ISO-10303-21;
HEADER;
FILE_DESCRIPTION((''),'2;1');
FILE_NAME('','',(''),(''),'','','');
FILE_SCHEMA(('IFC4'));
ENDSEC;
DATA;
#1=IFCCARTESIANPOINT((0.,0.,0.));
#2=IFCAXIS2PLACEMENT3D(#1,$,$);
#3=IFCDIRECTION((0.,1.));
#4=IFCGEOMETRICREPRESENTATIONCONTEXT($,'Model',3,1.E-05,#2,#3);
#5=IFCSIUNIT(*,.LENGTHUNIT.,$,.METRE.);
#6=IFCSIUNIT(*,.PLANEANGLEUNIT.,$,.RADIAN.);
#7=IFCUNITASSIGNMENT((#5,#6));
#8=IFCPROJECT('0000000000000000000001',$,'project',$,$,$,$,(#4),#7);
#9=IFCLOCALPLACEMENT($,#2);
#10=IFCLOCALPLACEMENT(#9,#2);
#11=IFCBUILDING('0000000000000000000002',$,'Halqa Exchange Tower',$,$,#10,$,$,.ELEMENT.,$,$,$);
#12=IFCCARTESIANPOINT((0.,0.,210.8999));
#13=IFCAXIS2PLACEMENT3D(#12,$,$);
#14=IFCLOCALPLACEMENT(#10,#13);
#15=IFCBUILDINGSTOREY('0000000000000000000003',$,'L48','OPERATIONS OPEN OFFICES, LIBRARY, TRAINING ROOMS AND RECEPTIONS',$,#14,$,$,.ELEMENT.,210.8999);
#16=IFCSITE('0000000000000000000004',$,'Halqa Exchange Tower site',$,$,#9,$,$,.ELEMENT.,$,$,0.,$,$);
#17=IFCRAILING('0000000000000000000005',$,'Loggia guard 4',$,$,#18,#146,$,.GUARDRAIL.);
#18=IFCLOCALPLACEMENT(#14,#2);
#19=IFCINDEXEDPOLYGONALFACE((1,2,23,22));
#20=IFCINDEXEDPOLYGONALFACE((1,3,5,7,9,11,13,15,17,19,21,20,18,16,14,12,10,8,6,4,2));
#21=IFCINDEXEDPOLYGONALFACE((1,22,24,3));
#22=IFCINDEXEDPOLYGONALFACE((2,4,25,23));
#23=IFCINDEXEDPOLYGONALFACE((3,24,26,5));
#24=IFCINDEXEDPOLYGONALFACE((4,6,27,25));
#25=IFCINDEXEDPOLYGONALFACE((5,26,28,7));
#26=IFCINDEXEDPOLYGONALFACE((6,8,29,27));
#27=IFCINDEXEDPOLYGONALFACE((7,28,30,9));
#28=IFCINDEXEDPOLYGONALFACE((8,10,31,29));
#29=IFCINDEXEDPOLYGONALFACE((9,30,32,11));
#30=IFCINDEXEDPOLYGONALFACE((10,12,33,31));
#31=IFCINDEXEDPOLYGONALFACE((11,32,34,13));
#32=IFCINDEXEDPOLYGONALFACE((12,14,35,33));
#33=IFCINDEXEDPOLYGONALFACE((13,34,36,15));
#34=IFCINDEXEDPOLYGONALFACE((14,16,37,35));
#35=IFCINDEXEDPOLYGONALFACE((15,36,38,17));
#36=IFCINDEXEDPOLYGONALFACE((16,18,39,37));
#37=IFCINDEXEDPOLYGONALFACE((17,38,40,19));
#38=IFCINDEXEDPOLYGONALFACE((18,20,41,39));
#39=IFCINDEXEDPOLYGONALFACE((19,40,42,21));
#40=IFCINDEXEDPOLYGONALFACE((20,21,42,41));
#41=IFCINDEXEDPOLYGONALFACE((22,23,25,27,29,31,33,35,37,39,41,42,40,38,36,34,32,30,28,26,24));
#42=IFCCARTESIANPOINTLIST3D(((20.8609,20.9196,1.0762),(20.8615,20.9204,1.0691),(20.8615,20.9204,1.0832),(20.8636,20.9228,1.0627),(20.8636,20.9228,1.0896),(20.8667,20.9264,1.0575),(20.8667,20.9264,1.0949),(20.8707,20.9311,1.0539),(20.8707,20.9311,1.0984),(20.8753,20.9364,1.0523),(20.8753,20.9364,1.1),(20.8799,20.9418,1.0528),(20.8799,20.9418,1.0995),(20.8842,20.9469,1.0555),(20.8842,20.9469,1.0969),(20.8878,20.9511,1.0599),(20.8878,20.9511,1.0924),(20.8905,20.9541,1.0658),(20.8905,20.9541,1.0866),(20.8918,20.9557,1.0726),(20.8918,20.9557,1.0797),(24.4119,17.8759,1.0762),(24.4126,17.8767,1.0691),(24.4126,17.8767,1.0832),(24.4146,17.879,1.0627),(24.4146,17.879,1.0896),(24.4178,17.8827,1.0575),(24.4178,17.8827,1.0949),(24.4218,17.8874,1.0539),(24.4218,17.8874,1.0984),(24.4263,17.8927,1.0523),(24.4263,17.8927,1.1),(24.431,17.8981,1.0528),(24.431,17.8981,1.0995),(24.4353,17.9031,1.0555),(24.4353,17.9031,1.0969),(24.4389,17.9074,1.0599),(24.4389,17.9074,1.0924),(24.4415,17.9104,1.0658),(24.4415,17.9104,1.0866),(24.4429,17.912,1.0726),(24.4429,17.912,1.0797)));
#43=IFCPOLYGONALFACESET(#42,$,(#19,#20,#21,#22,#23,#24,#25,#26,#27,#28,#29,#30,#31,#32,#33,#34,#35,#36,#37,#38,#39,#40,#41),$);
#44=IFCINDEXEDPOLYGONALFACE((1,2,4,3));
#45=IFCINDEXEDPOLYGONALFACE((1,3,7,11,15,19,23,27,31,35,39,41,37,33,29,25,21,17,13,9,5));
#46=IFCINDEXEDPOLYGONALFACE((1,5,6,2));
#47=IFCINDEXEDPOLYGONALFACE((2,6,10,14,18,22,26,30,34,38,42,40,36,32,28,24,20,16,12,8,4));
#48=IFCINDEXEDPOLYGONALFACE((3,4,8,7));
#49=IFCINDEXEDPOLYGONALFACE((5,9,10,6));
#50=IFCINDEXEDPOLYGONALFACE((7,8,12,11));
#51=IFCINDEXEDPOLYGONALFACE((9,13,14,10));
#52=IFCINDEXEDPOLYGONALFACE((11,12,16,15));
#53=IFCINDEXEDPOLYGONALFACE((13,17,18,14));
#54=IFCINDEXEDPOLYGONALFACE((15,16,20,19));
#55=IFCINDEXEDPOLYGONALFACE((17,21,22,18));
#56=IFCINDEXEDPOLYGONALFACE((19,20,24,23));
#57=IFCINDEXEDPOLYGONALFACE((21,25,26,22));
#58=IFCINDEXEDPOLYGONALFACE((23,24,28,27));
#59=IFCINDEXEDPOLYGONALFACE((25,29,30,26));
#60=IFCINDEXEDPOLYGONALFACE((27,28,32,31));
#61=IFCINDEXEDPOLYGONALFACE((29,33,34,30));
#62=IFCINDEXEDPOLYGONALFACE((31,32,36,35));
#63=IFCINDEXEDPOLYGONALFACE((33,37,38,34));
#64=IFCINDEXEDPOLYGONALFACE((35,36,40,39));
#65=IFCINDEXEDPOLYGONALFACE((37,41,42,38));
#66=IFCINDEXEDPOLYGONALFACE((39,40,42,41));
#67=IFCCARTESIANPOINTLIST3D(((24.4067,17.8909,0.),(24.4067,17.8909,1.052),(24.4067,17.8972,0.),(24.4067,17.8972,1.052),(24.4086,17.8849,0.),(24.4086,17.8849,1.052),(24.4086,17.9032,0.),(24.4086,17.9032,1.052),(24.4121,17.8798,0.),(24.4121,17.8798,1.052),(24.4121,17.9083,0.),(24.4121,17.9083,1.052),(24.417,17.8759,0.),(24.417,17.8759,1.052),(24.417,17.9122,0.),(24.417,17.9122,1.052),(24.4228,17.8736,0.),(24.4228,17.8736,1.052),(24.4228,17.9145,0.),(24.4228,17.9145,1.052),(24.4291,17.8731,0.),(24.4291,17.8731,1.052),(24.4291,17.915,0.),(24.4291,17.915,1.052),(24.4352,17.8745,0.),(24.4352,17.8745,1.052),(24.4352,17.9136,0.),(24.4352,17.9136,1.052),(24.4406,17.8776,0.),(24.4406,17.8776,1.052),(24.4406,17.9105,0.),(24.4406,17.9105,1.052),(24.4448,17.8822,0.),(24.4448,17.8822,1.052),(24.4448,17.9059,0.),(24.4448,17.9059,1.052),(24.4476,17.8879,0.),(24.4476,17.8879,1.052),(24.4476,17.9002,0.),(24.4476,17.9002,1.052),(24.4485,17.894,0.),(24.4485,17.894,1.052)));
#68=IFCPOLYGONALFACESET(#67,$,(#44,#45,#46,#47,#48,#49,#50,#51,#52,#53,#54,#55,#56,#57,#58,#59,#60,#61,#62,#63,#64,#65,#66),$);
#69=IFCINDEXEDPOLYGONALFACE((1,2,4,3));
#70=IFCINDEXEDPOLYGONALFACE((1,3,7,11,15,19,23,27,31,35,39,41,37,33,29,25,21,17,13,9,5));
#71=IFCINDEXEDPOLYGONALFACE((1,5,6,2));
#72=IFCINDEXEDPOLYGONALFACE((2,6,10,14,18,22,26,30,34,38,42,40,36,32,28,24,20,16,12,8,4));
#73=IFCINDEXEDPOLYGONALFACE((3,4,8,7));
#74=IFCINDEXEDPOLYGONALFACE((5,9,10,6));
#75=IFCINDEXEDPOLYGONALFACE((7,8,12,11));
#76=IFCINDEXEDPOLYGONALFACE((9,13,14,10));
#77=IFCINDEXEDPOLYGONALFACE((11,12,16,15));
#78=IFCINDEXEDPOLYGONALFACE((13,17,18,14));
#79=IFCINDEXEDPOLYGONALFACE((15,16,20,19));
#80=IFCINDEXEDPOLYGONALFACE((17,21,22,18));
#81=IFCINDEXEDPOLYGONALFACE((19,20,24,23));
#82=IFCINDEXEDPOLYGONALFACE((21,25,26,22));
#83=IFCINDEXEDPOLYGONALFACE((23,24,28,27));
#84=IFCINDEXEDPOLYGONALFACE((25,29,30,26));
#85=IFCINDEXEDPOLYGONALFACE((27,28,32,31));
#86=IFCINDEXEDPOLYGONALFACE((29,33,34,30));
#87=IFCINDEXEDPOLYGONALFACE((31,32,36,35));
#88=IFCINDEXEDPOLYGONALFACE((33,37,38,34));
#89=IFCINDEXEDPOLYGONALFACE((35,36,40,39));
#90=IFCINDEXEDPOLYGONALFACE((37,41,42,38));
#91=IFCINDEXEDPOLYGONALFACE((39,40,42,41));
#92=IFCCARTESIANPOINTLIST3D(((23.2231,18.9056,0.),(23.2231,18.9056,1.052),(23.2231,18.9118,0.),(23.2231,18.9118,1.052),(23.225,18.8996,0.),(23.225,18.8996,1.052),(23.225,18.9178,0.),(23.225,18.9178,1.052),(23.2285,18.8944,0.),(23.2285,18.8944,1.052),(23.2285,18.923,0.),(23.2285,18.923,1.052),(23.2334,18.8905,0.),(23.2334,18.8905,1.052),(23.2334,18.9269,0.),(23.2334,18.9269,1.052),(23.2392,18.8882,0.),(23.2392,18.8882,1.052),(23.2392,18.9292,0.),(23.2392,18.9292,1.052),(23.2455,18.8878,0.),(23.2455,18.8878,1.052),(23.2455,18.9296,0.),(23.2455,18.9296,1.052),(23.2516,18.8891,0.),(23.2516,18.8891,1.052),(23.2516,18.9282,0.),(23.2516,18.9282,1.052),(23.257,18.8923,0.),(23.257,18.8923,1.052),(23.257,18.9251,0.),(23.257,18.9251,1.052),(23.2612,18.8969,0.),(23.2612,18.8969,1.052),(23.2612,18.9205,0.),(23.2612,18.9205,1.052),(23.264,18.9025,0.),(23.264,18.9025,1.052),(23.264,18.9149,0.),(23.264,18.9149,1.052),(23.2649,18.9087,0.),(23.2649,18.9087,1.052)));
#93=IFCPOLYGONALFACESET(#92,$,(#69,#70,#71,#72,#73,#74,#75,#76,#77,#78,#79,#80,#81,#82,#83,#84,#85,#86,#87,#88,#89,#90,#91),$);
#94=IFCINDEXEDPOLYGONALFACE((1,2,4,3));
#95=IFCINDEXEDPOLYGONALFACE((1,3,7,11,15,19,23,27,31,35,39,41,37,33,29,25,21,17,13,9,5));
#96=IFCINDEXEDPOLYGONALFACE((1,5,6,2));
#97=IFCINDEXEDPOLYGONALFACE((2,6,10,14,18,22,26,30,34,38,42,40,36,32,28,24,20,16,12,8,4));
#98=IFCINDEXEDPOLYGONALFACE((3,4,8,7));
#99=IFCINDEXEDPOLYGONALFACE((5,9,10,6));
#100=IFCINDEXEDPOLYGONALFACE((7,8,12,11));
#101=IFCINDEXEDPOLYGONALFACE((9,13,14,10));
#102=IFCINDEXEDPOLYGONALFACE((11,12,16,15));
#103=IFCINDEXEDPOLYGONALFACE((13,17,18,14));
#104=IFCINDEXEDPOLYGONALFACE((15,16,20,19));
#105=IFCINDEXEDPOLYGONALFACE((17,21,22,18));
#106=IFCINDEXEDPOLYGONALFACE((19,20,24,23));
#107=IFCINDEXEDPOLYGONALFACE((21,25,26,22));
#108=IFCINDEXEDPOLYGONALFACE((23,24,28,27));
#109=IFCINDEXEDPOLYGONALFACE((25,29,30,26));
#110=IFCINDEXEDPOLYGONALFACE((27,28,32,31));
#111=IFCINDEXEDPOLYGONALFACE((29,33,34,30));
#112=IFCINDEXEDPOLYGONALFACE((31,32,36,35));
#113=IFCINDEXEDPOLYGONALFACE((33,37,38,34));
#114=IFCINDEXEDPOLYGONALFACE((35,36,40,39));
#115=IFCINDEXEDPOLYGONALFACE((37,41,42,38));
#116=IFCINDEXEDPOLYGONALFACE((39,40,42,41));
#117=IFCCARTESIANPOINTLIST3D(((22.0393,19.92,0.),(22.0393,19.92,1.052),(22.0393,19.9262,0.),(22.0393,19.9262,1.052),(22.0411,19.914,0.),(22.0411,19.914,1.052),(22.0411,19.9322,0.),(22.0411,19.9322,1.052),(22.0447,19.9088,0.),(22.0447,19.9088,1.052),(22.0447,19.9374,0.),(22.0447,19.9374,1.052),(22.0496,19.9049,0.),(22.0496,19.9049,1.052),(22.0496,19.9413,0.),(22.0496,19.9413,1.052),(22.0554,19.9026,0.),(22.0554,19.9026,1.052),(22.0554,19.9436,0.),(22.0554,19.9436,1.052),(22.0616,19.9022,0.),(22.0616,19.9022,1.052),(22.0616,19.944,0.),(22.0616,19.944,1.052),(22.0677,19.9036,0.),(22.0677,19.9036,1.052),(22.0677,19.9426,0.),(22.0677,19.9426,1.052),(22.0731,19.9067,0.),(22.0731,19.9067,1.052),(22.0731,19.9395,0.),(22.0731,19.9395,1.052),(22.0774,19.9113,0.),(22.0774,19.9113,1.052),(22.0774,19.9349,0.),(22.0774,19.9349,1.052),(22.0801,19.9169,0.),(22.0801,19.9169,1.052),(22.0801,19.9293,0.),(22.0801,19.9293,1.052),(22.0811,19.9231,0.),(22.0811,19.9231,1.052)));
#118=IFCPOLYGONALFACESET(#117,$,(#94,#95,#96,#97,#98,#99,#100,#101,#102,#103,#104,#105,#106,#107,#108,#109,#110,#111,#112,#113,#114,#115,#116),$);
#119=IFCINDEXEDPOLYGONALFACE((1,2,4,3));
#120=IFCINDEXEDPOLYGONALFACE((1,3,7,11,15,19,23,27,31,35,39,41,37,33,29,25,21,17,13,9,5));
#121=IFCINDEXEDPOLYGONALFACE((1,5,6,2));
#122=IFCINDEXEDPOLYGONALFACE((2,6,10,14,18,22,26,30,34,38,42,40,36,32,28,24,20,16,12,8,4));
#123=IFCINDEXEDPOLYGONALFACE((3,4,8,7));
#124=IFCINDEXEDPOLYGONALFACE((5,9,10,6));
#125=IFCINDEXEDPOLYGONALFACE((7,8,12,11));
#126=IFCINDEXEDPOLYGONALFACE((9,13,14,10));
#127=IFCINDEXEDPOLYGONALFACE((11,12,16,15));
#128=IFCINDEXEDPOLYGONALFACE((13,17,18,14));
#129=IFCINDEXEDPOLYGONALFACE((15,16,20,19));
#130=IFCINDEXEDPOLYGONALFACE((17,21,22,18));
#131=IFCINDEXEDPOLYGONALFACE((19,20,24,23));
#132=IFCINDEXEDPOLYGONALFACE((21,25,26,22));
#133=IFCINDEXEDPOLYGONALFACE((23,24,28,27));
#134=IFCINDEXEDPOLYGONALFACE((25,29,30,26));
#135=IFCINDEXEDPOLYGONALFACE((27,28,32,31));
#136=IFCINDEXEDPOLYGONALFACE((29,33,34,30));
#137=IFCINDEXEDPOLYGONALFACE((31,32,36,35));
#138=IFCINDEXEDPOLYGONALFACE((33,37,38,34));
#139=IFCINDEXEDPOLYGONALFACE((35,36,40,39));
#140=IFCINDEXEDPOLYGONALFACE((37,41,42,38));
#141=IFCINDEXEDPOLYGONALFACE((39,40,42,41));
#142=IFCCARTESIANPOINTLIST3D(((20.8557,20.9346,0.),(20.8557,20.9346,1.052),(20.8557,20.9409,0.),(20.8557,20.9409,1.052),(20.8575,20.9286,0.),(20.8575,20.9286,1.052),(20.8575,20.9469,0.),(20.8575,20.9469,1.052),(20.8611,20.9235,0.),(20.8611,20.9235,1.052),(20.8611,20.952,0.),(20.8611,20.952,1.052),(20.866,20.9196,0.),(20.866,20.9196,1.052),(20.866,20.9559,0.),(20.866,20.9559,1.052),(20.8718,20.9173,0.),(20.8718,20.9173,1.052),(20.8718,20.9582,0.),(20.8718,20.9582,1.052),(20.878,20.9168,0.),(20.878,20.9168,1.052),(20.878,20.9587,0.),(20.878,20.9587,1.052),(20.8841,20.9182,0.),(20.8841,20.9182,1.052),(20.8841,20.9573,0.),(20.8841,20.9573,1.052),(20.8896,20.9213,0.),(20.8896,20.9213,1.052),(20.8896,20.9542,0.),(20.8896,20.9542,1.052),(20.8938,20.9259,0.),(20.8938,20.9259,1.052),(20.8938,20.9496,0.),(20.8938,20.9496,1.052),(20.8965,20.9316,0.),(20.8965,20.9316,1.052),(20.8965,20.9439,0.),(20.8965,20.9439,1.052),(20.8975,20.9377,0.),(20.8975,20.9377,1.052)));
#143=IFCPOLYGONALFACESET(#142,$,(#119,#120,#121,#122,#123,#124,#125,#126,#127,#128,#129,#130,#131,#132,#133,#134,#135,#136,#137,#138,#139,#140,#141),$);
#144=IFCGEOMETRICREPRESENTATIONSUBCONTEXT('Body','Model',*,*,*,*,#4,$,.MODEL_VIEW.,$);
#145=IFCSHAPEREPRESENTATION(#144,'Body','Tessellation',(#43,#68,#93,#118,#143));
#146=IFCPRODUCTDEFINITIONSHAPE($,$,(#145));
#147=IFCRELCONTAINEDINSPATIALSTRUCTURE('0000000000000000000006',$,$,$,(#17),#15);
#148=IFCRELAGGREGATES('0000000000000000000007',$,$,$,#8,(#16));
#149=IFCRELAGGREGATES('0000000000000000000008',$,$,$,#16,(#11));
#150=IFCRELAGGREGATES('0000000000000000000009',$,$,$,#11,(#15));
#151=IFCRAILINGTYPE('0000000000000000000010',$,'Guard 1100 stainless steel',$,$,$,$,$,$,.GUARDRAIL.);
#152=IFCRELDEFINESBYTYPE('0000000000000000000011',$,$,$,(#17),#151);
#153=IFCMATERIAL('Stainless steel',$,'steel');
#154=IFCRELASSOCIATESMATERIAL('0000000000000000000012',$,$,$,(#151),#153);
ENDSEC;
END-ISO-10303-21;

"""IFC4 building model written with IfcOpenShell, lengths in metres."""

from ifc_helpers import new_model, si_unit, direction, frame, origin, origin_2d, place, context, subcontext, project, spatial, circle, extrude, material, type_object, element, save


model = new_model("IFC4")

# Units and contexts
model_context = context("Model", 3, precision=1e-05, world=origin(), true_north=direction((0.0, 1.0)))
body_context = subcontext(model_context, "Body", "Model", "MODEL_VIEW")
ifc_project = project(units=[si_unit("LENGTHUNIT", "METRE"), si_unit("PLANEANGLEUNIT", "RADIAN")], contexts=[model_context])

# Site, building, storey
site_placement = place(None, origin())
site = spatial("IfcSite", under=ifc_project, at=site_placement, Name="Halqa Exchange Tower site", CompositionType="ELEMENT", RefElevation=0.0)
building_placement = place(site_placement, origin())
building = spatial("IfcBuilding", under=site, at=building_placement, Name="Halqa Exchange Tower", CompositionType="ELEMENT")
storey_placement = place(building_placement, frame((0.0, 0.0, 210.8999)))
storey = spatial("IfcBuildingStorey", under=building, at=storey_placement, Name="L48", Description="OPERATIONS OPEN OFFICES, LIBRARY, TRAINING ROOMS AND RECEPTIONS", CompositionType="ELEMENT", Elevation=210.8999)

# Railing
ifc_material_1 = material(Name="Stainless steel", Category="steel")
railing_type = type_object("IfcRailingType", Name="Guard 1100 stainless steel", PredefinedType="GUARDRAIL", material=ifc_material_1)
railing_1_placement = place(storey_placement, frame((24.4275, 17.894, 0.0)))
element("IfcRailing", 1, at=railing_1_placement, inside=storey, type_object=railing_type, Name="Loggia guard 4", PredefinedType="GUARDRAIL", context=body_context, shape_type="SweptSolid", body=[
    extrude(circle(Radius=0.0239, at=origin_2d()), frame((0.0, 0.0, 1.0762), z_axis=(-0.75926, 0.650787, 0.0), x_axis=(-0.650787, -0.75926, 0.0)), (0.0, 0.0, 1.0), 4.677),
    extrude(circle(Radius=0.021, at=origin_2d()), origin(), (0.0, 0.0, 1.0), 1.052),
    extrude(circle(Radius=0.021, at=origin_2d()), frame((-1.1836, 1.0146, 0.0)), (0.0, 0.0, 1.0), 1.052),
    extrude(circle(Radius=0.021, at=origin_2d()), frame((-2.3674, 2.0291, 0.0)), (0.0, 0.0, 1.0), 1.052),
    extrude(circle(Radius=0.021, at=origin_2d()), frame((-3.551, 3.0437, 0.0)), (0.0, 0.0, 1.0), 1.052),
])

save(model, "model.ifc")
